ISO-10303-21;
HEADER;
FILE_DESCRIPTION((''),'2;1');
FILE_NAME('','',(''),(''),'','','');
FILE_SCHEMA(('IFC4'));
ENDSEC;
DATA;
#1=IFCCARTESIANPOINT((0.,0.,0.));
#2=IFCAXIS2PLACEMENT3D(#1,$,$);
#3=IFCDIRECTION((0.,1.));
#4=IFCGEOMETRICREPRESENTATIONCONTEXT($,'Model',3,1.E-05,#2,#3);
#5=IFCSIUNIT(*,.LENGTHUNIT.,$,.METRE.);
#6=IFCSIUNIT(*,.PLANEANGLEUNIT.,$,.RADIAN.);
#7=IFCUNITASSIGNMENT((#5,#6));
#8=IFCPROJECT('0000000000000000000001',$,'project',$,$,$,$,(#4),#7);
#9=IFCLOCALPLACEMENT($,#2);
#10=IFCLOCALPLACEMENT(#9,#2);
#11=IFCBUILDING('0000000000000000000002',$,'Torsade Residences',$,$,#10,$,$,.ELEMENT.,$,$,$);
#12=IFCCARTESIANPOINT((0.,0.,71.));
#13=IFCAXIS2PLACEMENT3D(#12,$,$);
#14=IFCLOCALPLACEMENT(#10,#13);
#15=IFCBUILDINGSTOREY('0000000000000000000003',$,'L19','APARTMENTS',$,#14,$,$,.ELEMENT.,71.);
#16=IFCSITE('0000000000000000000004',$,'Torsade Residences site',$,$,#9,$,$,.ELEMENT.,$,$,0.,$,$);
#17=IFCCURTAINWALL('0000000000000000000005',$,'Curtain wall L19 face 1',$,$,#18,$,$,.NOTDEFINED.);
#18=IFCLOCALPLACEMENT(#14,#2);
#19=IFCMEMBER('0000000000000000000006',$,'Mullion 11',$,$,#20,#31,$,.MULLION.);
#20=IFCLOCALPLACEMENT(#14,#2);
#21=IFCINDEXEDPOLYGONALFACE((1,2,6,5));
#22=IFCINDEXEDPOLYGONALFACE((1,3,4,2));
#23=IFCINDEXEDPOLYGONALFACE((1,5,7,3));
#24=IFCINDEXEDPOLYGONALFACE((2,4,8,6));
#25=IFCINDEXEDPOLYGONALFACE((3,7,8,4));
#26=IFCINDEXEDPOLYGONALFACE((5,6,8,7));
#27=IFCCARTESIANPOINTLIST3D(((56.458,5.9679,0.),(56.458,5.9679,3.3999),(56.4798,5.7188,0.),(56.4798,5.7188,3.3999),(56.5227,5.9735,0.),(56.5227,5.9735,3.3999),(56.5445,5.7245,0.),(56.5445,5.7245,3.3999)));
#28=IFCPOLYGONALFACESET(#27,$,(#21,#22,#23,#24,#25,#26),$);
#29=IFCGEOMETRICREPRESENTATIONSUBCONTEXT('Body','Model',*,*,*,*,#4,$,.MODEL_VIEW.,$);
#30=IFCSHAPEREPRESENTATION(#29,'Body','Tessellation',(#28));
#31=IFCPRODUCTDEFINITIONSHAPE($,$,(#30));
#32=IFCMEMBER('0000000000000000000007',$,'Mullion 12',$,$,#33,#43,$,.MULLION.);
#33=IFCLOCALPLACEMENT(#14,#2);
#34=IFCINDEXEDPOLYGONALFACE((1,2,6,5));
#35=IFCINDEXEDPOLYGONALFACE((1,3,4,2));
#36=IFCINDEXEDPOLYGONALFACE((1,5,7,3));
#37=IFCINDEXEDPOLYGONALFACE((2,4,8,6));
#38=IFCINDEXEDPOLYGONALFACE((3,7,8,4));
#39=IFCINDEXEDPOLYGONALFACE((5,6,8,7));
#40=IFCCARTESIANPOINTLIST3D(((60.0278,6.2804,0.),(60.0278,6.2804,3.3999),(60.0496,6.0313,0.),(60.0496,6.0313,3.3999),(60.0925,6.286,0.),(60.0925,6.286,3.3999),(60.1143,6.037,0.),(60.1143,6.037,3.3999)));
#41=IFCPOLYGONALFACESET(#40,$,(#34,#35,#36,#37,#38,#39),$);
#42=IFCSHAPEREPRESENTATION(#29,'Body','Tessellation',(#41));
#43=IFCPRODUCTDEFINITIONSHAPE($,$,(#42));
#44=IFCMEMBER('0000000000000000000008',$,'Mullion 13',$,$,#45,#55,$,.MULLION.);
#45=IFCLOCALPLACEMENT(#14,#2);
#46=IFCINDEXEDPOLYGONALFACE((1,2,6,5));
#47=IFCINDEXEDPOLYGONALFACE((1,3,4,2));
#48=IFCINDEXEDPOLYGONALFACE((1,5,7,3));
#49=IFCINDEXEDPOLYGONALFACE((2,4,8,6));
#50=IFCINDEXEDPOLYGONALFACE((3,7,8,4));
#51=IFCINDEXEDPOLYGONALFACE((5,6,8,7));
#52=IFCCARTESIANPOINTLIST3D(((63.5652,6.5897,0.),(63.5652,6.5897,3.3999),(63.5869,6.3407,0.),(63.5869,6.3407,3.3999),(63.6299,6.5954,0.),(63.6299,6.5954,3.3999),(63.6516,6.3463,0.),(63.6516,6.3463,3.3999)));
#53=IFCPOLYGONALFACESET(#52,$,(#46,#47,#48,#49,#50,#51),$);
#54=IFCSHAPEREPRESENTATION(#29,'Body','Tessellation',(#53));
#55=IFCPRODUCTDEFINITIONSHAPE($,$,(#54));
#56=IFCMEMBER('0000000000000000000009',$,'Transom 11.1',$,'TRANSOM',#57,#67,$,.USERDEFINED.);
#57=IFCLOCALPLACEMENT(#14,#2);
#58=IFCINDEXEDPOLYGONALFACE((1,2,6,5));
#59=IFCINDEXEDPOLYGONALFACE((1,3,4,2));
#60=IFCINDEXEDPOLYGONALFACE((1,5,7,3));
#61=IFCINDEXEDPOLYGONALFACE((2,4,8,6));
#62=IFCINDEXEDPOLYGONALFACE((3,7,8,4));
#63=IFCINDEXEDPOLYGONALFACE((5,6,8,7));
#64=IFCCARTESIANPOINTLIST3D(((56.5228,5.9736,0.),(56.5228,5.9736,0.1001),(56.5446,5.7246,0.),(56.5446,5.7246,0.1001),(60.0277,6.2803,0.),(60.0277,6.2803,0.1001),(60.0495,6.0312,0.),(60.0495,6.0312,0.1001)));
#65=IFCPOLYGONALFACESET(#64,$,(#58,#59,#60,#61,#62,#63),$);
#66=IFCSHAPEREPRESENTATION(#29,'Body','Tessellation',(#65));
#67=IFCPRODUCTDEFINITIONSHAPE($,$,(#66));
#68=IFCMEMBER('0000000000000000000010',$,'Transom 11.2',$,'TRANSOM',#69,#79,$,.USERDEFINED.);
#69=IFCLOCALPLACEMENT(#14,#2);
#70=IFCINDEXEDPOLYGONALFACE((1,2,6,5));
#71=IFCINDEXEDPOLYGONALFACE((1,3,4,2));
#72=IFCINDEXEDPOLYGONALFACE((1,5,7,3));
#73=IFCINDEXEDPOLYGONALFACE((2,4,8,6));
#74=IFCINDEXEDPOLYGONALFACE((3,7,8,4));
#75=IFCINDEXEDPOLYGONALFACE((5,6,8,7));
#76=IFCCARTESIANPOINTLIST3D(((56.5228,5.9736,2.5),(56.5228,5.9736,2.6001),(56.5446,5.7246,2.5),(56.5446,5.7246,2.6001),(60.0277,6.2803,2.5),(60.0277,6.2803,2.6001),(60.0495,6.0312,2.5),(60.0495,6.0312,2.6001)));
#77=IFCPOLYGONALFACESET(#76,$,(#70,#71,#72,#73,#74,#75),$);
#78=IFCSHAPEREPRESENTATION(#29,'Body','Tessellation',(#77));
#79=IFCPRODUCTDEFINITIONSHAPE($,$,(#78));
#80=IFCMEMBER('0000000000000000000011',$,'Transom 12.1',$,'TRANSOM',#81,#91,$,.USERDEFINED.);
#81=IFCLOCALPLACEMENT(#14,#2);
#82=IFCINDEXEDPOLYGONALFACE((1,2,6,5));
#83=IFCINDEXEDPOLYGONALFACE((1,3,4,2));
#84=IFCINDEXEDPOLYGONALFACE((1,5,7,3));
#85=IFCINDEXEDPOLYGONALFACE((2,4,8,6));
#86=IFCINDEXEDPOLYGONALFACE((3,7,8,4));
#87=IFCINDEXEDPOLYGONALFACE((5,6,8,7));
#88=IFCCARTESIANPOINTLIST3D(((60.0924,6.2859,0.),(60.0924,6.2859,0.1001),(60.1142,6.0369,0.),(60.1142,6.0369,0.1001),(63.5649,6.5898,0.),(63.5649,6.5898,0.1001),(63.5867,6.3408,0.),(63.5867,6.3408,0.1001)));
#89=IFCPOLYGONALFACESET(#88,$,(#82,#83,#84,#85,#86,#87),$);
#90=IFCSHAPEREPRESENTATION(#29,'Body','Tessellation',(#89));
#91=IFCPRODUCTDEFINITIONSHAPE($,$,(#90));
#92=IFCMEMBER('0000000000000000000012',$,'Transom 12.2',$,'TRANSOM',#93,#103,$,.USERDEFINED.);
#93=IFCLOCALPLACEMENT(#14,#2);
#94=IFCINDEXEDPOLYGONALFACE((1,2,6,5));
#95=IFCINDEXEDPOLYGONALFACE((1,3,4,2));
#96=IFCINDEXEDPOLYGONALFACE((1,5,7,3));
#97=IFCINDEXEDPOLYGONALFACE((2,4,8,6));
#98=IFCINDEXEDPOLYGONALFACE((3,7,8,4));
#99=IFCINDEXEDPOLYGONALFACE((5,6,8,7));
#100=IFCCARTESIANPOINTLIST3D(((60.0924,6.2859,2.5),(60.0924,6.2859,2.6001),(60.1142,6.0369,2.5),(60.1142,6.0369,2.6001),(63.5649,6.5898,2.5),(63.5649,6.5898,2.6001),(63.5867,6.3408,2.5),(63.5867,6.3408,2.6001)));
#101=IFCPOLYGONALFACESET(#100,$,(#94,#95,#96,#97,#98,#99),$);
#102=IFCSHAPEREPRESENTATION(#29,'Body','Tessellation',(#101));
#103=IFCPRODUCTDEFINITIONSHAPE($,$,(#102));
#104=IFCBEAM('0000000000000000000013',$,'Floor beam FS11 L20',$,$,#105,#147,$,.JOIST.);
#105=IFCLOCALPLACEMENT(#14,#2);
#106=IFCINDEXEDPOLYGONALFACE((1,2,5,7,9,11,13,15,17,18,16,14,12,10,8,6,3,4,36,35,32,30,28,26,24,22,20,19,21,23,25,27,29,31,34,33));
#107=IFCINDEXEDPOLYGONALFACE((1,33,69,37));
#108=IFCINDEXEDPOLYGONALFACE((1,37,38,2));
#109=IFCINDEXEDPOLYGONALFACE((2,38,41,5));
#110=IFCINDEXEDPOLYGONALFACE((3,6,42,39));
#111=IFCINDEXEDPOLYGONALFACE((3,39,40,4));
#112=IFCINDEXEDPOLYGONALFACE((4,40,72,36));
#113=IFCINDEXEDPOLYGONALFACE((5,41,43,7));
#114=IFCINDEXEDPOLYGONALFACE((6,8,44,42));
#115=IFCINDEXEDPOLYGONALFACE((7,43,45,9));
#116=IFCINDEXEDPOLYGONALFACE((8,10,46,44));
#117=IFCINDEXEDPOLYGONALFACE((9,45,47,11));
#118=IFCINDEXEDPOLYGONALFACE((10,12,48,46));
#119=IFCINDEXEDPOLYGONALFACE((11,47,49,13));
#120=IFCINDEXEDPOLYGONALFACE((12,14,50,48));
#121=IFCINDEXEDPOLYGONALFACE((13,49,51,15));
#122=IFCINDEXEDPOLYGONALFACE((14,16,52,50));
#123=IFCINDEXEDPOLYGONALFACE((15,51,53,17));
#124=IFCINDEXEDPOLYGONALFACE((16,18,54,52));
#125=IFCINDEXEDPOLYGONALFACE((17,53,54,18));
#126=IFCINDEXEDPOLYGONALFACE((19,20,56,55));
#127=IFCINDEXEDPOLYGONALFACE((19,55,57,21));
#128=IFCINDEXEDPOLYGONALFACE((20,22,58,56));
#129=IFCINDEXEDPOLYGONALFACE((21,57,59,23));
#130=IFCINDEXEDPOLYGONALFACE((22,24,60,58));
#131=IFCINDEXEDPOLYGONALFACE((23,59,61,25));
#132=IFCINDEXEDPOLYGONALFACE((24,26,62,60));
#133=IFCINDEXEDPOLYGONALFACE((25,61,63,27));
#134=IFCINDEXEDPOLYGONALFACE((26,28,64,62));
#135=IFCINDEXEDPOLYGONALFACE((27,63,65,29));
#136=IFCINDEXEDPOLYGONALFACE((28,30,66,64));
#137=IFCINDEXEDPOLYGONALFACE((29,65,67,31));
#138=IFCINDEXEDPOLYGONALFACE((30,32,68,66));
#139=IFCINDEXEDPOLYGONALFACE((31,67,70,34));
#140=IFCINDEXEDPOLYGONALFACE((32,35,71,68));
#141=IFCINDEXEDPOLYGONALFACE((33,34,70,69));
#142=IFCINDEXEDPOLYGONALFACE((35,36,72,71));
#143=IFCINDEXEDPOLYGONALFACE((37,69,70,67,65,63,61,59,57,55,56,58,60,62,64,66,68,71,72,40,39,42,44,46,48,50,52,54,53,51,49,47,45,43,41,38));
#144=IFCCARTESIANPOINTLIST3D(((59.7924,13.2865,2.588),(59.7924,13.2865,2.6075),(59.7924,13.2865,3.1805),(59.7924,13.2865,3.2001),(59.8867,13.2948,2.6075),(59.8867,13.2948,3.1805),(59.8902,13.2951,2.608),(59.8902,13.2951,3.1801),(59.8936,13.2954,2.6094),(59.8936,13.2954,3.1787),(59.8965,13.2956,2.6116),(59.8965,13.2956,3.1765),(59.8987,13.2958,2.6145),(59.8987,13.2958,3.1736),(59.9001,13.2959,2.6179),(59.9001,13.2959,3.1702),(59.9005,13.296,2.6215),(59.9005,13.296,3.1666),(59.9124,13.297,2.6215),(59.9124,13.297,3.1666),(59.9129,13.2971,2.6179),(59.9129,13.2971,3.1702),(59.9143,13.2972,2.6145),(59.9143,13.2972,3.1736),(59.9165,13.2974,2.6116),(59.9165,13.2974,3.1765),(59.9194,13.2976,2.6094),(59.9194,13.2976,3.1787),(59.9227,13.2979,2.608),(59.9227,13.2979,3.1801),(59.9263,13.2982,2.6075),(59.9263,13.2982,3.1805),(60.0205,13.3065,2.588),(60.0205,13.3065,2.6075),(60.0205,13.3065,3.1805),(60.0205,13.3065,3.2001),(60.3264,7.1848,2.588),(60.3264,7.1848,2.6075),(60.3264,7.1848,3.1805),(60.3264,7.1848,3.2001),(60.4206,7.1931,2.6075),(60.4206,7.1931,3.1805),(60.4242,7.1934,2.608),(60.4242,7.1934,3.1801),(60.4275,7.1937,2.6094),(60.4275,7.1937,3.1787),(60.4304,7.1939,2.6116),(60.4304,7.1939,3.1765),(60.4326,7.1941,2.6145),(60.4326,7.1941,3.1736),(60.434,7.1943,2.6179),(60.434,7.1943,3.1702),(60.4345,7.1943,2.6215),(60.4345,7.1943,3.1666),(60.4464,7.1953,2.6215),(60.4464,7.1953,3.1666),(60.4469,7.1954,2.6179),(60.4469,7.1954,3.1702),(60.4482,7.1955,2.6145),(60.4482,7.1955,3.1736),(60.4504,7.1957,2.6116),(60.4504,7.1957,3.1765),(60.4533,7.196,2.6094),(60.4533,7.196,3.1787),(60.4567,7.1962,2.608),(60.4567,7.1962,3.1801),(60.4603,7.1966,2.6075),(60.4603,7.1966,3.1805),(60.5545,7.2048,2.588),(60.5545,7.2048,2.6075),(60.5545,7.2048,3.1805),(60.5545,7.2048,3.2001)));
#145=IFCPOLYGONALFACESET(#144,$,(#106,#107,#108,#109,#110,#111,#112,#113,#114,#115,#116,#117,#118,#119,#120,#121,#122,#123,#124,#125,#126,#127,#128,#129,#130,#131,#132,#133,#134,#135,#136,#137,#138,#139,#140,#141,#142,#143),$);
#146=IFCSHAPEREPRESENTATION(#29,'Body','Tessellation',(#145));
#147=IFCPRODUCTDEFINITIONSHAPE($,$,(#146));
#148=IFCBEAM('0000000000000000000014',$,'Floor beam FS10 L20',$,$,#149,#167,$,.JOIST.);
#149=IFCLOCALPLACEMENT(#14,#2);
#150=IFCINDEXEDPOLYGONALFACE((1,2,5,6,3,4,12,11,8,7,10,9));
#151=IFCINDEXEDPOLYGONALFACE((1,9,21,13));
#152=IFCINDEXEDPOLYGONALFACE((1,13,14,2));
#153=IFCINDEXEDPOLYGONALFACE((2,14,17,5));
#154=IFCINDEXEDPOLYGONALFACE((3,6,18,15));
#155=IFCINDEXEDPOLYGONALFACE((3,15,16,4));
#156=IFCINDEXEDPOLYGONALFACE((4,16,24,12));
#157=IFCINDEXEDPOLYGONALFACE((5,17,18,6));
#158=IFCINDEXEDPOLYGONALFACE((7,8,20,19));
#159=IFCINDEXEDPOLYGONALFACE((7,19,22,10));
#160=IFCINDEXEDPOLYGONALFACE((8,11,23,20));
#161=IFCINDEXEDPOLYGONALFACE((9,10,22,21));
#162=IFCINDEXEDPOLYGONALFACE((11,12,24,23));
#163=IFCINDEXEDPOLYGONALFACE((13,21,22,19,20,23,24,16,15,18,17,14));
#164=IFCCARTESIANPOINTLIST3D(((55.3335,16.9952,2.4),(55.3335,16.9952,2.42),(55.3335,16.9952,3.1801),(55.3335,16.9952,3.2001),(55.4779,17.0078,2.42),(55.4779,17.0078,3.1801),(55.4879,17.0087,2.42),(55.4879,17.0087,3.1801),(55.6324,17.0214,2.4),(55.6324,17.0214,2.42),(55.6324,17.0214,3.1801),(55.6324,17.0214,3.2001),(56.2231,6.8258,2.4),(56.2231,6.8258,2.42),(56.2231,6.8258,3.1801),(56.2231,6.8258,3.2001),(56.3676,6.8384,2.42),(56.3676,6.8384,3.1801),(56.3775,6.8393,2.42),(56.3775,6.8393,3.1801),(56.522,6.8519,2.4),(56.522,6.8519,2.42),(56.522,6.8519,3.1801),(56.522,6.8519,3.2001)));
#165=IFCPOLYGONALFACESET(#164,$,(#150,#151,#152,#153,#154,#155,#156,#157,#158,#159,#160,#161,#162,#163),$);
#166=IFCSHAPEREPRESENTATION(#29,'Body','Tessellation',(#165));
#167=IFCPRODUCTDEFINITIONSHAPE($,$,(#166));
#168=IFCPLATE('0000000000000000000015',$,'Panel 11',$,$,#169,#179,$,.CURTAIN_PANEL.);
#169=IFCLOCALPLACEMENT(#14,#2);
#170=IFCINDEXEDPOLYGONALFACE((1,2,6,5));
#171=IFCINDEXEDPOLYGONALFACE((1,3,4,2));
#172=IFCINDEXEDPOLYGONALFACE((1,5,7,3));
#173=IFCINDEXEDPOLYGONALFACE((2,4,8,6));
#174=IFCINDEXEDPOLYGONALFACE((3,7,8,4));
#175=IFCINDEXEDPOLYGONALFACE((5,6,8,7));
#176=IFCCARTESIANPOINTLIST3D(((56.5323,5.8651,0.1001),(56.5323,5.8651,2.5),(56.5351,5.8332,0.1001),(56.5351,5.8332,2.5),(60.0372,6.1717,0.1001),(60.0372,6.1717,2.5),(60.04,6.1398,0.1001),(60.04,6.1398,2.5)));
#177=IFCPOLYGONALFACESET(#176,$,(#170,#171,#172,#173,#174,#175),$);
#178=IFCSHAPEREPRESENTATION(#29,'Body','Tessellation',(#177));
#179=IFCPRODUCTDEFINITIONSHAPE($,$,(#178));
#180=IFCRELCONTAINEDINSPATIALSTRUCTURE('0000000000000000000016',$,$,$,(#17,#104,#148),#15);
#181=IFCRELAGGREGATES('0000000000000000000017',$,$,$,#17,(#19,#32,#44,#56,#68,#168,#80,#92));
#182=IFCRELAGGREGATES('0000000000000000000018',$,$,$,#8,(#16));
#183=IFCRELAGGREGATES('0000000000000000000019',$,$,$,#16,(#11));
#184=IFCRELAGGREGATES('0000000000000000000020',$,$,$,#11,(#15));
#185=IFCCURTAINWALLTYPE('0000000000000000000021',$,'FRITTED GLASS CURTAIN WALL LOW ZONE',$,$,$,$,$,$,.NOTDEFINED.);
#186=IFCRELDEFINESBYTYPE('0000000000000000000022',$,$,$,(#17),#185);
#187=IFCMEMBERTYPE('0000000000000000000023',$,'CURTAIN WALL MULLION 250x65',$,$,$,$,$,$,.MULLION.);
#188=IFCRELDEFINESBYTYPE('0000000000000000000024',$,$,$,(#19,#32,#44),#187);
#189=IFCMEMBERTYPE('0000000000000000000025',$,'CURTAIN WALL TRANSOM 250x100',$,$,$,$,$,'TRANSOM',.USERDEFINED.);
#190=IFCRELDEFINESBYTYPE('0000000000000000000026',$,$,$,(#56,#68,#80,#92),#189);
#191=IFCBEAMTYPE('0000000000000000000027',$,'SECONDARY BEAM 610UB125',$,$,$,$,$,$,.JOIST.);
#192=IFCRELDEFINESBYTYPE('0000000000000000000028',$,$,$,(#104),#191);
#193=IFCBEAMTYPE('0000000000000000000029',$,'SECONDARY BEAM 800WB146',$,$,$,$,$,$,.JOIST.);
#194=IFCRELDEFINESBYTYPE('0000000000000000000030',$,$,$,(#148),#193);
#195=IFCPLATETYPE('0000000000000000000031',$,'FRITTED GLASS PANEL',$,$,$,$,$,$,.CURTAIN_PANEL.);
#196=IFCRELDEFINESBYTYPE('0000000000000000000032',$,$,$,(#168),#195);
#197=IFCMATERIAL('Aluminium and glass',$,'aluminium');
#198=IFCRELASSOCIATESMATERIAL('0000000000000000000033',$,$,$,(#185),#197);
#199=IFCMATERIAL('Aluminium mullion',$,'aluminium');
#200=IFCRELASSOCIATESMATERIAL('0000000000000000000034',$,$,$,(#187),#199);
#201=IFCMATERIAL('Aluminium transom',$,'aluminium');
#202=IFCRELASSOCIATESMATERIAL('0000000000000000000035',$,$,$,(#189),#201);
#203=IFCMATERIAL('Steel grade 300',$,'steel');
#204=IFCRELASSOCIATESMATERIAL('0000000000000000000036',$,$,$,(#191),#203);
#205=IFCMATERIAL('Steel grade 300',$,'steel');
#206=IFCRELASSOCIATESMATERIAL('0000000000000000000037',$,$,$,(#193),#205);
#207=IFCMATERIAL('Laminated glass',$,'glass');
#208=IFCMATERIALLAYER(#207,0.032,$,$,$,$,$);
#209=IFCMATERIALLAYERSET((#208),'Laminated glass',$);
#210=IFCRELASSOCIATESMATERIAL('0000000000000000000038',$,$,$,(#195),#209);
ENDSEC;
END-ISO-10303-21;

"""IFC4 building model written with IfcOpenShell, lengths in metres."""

from ifc_helpers import new_model, si_unit, direction, frame, origin, origin_2d, place, context, subcontext, project, spatial, rectangle, i_section, extrude, material, layer, layer_set, material_profile, profile_set, type_object, element, aggregate, save


model = new_model("IFC4")

# Units and contexts
model_context = context("Model", 3, precision=1e-05, world=origin(), true_north=direction((0.0, 1.0)))
body_context = subcontext(model_context, "Body", "Model", "MODEL_VIEW")
ifc_project = project(units=[si_unit("LENGTHUNIT", "METRE"), si_unit("PLANEANGLEUNIT", "RADIAN")], contexts=[model_context])

# Site, building, storey
site_placement = place(None, origin())
site = spatial("IfcSite", under=ifc_project, at=site_placement, Name="Torsade Residences site", CompositionType="ELEMENT", RefElevation=0.0)
building_placement = place(site_placement, origin())
building = spatial("IfcBuilding", under=site, at=building_placement, Name="Torsade Residences", CompositionType="ELEMENT")
storey_placement = place(building_placement, frame((0.0, 0.0, 71.0)))
storey = spatial("IfcBuildingStorey", under=building, at=storey_placement, Name="L19", Description="APARTMENTS", CompositionType="ELEMENT", Elevation=71.0)

# Curtain wall, members
ifc_material_1 = material(Name="Aluminium and glass", Category="aluminium")
curtain_wall_type = type_object("IfcCurtainWallType", Name="FRITTED GLASS CURTAIN WALL LOW ZONE", PredefinedType="NOTDEFINED", material=ifc_material_1)
curtain_wall_placement = place(storey_placement, origin())
curtain_wall = element("IfcCurtainWall", 1, at=curtain_wall_placement, inside=storey, type_object=curtain_wall_type, Name="Curtain wall L19 face 1", PredefinedType="NOTDEFINED")
ifc_material_2 = material(Name="Aluminium mullion", Category="aluminium")
ifc_material_profile_1 = material_profile(ifc_material_2, rectangle(XDim=0.25, YDim=0.0649, at=origin_2d()), Name="CURTAIN WALL MULLION 250x65")
ifc_profile_set_1 = profile_set([ifc_material_profile_1], Name="Aluminium mullion")
member_type_1 = type_object("IfcMemberType", Name="CURTAIN WALL MULLION 250x65", PredefinedType="MULLION", material=ifc_profile_set_1)
member_1_placement = place(storey_placement, frame((56.5012, 5.8462, 0.0), z_axis=(0.0, 0.0, 1.0), x_axis=(-0.087156, 0.996195, 0.0)))
member_1 = element("IfcMember", 2, at=member_1_placement, type_object=member_type_1, Name="Mullion 11", PredefinedType="MULLION", context=body_context, shape_type="SweptSolid", body=[
    extrude(rectangle(XDim=0.25, YDim=0.0649, at=origin_2d()), origin(), (0.0, 0.0, 1.0), 3.3999),
])
member_2_placement = place(storey_placement, frame((60.071, 6.1587, 0.0), z_axis=(0.0, 0.0, 1.0), x_axis=(-0.087156, 0.996195, 0.0)))
member_2 = element("IfcMember", 3, at=member_2_placement, type_object=member_type_1, Name="Mullion 12", PredefinedType="MULLION", context=body_context, shape_type="SweptSolid", body=[
    extrude(rectangle(XDim=0.25, YDim=0.0649, at=origin_2d()), origin(), (0.0, 0.0, 1.0), 3.3999),
])
member_3_placement = place(storey_placement, frame((63.6084, 6.468, 0.0), z_axis=(0.0, 0.0, 1.0), x_axis=(-0.087156, 0.996195, 0.0)))
member_3 = element("IfcMember", 4, at=member_3_placement, type_object=member_type_1, Name="Mullion 13", PredefinedType="MULLION", context=body_context, shape_type="SweptSolid", body=[
    extrude(rectangle(XDim=0.25, YDim=0.0649, at=origin_2d()), origin(), (0.0, 0.0, 1.0), 3.3999),
])
ifc_material_3 = material(Name="Aluminium transom", Category="aluminium")
ifc_material_profile_2 = material_profile(ifc_material_3, rectangle(XDim=0.25, YDim=0.1001, at=origin_2d()), Name="CURTAIN WALL TRANSOM 250x100")
ifc_profile_set_2 = profile_set([ifc_material_profile_2], Name="Aluminium transom")
member_type_2 = type_object("IfcMemberType", Name="CURTAIN WALL TRANSOM 250x100", ElementType="TRANSOM", PredefinedType="USERDEFINED", material=ifc_profile_set_2)
member_4_placement = place(storey_placement, frame((56.5337, 5.8491, 0.05), z_axis=(0.996195, 0.087157, 0.0), x_axis=(-0.087157, 0.996195, 0.0)))
member_4 = element("IfcMember", 5, at=member_4_placement, type_object=member_type_2, Name="Transom 11.1", ObjectType="TRANSOM", PredefinedType="USERDEFINED", context=body_context, shape_type="SweptSolid", body=[
    extrude(rectangle(XDim=0.25, YDim=0.1001, at=origin_2d()), origin(), (0.0, 0.0, 1.0), 3.5183),
])
member_5_placement = place(storey_placement, frame((56.5337, 5.8491, 2.55), z_axis=(0.996195, 0.087157, 0.0), x_axis=(-0.087157, 0.996195, 0.0)))
member_5 = element("IfcMember", 6, at=member_5_placement, type_object=member_type_2, Name="Transom 11.2", ObjectType="TRANSOM", PredefinedType="USERDEFINED", context=body_context, shape_type="SweptSolid", body=[
    extrude(rectangle(XDim=0.25, YDim=0.1001, at=origin_2d()), origin(), (0.0, 0.0, 1.0), 3.5183),
])
member_6_placement = place(storey_placement, frame((60.1033, 6.1614, 0.05), z_axis=(0.996191, 0.087195, 0.0), x_axis=(-0.087195, 0.996191, 0.0)))
member_6 = element("IfcMember", 7, at=member_6_placement, type_object=member_type_2, Name="Transom 12.1", ObjectType="TRANSOM", PredefinedType="USERDEFINED", context=body_context, shape_type="SweptSolid", body=[
    extrude(rectangle(XDim=0.25, YDim=0.1001, at=origin_2d()), origin(), (0.0, 0.0, 1.0), 3.4858),
])
member_7_placement = place(storey_placement, frame((60.1033, 6.1614, 2.55), z_axis=(0.996191, 0.087195, 0.0), x_axis=(-0.087195, 0.996191, 0.0)))
member_7 = element("IfcMember", 8, at=member_7_placement, type_object=member_type_2, Name="Transom 12.2", ObjectType="TRANSOM", PredefinedType="USERDEFINED", context=body_context, shape_type="SweptSolid", body=[
    extrude(rectangle(XDim=0.25, YDim=0.1001, at=origin_2d()), origin(), (0.0, 0.0, 1.0), 3.4858),
])

# Beams
ifc_material_4 = material(Name="Steel grade 300", Category="steel")
ifc_material_profile_3 = material_profile(ifc_material_4, i_section(OverallWidth=0.229, OverallDepth=0.6121, WebThickness=0.012, FlangeThickness=0.0195, FilletRadius=0.0139, at=origin_2d()), Name="610UB125")
ifc_profile_set_3 = profile_set([ifc_material_profile_3], Name="Steel grade 300")
beam_type_1 = type_object("IfcBeamType", Name="SECONDARY BEAM 610UB125", PredefinedType="JOIST", material=ifc_profile_set_3)
beam_1_placement = place(storey_placement, frame((60.4404, 7.1948, 2.894), z_axis=(-0.087175, 0.996193, 0.0), x_axis=(-0.996193, -0.087175, 0.0)))
element("IfcBeam", 9, at=beam_1_placement, inside=storey, type_object=beam_type_1, Name="Floor beam FS11 L20", PredefinedType="JOIST", context=body_context, shape_type="SweptSolid", body=[
    extrude(i_section(OverallWidth=0.229, OverallDepth=0.6121, WebThickness=0.012, FlangeThickness=0.0195, FilletRadius=0.0139, at=origin_2d()), origin(), (0.0, 0.0, 1.0), 6.125),
])
ifc_material_5 = material(Name="Steel grade 300", Category="steel")
ifc_material_profile_4 = material_profile(ifc_material_5, i_section(OverallWidth=0.3, OverallDepth=0.8, WebThickness=0.01, FlangeThickness=0.02, at=origin_2d()), Name="800WB146")
ifc_profile_set_4 = profile_set([ifc_material_profile_4], Name="Steel grade 300")
beam_type_2 = type_object("IfcBeamType", Name="SECONDARY BEAM 800WB146", PredefinedType="JOIST", material=ifc_profile_set_4)
beam_2_placement = place(storey_placement, frame((56.3726, 6.8389, 2.8), z_axis=(-0.08715, 0.996195, 0.0), x_axis=(-0.996195, -0.08715, 0.0)))
element("IfcBeam", 10, at=beam_2_placement, inside=storey, type_object=beam_type_2, Name="Floor beam FS10 L20", PredefinedType="JOIST", context=body_context, shape_type="SweptSolid", body=[
    extrude(i_section(OverallWidth=0.3, OverallDepth=0.8, WebThickness=0.01, FlangeThickness=0.02, at=origin_2d()), origin(), (0.0, 0.0, 1.0), 10.2083),
])

# Plate
ifc_material_6 = material(Name="Laminated glass", Category="glass")
ifc_layer_1 = layer(ifc_material_6, 0.032)
ifc_layer_set_1 = layer_set([ifc_layer_1], Name="Laminated glass")
plate_type_1 = type_object("IfcPlateType", Name="FRITTED GLASS PANEL", PredefinedType="CURTAIN_PANEL", material=ifc_layer_set_1)
plate_1_placement = place(storey_placement, frame((58.2861, 6.0024, 0.1001), z_axis=(0.0, 0.0, 1.0), x_axis=(0.996195, 0.087156, 0.0)))
plate_1 = element("IfcPlate", 11, at=plate_1_placement, type_object=plate_type_1, Name="Panel 11", PredefinedType="CURTAIN_PANEL", context=body_context, shape_type="SweptSolid", body=[
    extrude(rectangle(XDim=3.5183, YDim=0.032, at=origin_2d()), origin(), (0.0, 0.0, 1.0), 2.3999),
])
aggregate(curtain_wall, [member_1, member_2, member_3, member_4, member_5, plate_1, member_6, member_7])

save(model, "model.ifc")
